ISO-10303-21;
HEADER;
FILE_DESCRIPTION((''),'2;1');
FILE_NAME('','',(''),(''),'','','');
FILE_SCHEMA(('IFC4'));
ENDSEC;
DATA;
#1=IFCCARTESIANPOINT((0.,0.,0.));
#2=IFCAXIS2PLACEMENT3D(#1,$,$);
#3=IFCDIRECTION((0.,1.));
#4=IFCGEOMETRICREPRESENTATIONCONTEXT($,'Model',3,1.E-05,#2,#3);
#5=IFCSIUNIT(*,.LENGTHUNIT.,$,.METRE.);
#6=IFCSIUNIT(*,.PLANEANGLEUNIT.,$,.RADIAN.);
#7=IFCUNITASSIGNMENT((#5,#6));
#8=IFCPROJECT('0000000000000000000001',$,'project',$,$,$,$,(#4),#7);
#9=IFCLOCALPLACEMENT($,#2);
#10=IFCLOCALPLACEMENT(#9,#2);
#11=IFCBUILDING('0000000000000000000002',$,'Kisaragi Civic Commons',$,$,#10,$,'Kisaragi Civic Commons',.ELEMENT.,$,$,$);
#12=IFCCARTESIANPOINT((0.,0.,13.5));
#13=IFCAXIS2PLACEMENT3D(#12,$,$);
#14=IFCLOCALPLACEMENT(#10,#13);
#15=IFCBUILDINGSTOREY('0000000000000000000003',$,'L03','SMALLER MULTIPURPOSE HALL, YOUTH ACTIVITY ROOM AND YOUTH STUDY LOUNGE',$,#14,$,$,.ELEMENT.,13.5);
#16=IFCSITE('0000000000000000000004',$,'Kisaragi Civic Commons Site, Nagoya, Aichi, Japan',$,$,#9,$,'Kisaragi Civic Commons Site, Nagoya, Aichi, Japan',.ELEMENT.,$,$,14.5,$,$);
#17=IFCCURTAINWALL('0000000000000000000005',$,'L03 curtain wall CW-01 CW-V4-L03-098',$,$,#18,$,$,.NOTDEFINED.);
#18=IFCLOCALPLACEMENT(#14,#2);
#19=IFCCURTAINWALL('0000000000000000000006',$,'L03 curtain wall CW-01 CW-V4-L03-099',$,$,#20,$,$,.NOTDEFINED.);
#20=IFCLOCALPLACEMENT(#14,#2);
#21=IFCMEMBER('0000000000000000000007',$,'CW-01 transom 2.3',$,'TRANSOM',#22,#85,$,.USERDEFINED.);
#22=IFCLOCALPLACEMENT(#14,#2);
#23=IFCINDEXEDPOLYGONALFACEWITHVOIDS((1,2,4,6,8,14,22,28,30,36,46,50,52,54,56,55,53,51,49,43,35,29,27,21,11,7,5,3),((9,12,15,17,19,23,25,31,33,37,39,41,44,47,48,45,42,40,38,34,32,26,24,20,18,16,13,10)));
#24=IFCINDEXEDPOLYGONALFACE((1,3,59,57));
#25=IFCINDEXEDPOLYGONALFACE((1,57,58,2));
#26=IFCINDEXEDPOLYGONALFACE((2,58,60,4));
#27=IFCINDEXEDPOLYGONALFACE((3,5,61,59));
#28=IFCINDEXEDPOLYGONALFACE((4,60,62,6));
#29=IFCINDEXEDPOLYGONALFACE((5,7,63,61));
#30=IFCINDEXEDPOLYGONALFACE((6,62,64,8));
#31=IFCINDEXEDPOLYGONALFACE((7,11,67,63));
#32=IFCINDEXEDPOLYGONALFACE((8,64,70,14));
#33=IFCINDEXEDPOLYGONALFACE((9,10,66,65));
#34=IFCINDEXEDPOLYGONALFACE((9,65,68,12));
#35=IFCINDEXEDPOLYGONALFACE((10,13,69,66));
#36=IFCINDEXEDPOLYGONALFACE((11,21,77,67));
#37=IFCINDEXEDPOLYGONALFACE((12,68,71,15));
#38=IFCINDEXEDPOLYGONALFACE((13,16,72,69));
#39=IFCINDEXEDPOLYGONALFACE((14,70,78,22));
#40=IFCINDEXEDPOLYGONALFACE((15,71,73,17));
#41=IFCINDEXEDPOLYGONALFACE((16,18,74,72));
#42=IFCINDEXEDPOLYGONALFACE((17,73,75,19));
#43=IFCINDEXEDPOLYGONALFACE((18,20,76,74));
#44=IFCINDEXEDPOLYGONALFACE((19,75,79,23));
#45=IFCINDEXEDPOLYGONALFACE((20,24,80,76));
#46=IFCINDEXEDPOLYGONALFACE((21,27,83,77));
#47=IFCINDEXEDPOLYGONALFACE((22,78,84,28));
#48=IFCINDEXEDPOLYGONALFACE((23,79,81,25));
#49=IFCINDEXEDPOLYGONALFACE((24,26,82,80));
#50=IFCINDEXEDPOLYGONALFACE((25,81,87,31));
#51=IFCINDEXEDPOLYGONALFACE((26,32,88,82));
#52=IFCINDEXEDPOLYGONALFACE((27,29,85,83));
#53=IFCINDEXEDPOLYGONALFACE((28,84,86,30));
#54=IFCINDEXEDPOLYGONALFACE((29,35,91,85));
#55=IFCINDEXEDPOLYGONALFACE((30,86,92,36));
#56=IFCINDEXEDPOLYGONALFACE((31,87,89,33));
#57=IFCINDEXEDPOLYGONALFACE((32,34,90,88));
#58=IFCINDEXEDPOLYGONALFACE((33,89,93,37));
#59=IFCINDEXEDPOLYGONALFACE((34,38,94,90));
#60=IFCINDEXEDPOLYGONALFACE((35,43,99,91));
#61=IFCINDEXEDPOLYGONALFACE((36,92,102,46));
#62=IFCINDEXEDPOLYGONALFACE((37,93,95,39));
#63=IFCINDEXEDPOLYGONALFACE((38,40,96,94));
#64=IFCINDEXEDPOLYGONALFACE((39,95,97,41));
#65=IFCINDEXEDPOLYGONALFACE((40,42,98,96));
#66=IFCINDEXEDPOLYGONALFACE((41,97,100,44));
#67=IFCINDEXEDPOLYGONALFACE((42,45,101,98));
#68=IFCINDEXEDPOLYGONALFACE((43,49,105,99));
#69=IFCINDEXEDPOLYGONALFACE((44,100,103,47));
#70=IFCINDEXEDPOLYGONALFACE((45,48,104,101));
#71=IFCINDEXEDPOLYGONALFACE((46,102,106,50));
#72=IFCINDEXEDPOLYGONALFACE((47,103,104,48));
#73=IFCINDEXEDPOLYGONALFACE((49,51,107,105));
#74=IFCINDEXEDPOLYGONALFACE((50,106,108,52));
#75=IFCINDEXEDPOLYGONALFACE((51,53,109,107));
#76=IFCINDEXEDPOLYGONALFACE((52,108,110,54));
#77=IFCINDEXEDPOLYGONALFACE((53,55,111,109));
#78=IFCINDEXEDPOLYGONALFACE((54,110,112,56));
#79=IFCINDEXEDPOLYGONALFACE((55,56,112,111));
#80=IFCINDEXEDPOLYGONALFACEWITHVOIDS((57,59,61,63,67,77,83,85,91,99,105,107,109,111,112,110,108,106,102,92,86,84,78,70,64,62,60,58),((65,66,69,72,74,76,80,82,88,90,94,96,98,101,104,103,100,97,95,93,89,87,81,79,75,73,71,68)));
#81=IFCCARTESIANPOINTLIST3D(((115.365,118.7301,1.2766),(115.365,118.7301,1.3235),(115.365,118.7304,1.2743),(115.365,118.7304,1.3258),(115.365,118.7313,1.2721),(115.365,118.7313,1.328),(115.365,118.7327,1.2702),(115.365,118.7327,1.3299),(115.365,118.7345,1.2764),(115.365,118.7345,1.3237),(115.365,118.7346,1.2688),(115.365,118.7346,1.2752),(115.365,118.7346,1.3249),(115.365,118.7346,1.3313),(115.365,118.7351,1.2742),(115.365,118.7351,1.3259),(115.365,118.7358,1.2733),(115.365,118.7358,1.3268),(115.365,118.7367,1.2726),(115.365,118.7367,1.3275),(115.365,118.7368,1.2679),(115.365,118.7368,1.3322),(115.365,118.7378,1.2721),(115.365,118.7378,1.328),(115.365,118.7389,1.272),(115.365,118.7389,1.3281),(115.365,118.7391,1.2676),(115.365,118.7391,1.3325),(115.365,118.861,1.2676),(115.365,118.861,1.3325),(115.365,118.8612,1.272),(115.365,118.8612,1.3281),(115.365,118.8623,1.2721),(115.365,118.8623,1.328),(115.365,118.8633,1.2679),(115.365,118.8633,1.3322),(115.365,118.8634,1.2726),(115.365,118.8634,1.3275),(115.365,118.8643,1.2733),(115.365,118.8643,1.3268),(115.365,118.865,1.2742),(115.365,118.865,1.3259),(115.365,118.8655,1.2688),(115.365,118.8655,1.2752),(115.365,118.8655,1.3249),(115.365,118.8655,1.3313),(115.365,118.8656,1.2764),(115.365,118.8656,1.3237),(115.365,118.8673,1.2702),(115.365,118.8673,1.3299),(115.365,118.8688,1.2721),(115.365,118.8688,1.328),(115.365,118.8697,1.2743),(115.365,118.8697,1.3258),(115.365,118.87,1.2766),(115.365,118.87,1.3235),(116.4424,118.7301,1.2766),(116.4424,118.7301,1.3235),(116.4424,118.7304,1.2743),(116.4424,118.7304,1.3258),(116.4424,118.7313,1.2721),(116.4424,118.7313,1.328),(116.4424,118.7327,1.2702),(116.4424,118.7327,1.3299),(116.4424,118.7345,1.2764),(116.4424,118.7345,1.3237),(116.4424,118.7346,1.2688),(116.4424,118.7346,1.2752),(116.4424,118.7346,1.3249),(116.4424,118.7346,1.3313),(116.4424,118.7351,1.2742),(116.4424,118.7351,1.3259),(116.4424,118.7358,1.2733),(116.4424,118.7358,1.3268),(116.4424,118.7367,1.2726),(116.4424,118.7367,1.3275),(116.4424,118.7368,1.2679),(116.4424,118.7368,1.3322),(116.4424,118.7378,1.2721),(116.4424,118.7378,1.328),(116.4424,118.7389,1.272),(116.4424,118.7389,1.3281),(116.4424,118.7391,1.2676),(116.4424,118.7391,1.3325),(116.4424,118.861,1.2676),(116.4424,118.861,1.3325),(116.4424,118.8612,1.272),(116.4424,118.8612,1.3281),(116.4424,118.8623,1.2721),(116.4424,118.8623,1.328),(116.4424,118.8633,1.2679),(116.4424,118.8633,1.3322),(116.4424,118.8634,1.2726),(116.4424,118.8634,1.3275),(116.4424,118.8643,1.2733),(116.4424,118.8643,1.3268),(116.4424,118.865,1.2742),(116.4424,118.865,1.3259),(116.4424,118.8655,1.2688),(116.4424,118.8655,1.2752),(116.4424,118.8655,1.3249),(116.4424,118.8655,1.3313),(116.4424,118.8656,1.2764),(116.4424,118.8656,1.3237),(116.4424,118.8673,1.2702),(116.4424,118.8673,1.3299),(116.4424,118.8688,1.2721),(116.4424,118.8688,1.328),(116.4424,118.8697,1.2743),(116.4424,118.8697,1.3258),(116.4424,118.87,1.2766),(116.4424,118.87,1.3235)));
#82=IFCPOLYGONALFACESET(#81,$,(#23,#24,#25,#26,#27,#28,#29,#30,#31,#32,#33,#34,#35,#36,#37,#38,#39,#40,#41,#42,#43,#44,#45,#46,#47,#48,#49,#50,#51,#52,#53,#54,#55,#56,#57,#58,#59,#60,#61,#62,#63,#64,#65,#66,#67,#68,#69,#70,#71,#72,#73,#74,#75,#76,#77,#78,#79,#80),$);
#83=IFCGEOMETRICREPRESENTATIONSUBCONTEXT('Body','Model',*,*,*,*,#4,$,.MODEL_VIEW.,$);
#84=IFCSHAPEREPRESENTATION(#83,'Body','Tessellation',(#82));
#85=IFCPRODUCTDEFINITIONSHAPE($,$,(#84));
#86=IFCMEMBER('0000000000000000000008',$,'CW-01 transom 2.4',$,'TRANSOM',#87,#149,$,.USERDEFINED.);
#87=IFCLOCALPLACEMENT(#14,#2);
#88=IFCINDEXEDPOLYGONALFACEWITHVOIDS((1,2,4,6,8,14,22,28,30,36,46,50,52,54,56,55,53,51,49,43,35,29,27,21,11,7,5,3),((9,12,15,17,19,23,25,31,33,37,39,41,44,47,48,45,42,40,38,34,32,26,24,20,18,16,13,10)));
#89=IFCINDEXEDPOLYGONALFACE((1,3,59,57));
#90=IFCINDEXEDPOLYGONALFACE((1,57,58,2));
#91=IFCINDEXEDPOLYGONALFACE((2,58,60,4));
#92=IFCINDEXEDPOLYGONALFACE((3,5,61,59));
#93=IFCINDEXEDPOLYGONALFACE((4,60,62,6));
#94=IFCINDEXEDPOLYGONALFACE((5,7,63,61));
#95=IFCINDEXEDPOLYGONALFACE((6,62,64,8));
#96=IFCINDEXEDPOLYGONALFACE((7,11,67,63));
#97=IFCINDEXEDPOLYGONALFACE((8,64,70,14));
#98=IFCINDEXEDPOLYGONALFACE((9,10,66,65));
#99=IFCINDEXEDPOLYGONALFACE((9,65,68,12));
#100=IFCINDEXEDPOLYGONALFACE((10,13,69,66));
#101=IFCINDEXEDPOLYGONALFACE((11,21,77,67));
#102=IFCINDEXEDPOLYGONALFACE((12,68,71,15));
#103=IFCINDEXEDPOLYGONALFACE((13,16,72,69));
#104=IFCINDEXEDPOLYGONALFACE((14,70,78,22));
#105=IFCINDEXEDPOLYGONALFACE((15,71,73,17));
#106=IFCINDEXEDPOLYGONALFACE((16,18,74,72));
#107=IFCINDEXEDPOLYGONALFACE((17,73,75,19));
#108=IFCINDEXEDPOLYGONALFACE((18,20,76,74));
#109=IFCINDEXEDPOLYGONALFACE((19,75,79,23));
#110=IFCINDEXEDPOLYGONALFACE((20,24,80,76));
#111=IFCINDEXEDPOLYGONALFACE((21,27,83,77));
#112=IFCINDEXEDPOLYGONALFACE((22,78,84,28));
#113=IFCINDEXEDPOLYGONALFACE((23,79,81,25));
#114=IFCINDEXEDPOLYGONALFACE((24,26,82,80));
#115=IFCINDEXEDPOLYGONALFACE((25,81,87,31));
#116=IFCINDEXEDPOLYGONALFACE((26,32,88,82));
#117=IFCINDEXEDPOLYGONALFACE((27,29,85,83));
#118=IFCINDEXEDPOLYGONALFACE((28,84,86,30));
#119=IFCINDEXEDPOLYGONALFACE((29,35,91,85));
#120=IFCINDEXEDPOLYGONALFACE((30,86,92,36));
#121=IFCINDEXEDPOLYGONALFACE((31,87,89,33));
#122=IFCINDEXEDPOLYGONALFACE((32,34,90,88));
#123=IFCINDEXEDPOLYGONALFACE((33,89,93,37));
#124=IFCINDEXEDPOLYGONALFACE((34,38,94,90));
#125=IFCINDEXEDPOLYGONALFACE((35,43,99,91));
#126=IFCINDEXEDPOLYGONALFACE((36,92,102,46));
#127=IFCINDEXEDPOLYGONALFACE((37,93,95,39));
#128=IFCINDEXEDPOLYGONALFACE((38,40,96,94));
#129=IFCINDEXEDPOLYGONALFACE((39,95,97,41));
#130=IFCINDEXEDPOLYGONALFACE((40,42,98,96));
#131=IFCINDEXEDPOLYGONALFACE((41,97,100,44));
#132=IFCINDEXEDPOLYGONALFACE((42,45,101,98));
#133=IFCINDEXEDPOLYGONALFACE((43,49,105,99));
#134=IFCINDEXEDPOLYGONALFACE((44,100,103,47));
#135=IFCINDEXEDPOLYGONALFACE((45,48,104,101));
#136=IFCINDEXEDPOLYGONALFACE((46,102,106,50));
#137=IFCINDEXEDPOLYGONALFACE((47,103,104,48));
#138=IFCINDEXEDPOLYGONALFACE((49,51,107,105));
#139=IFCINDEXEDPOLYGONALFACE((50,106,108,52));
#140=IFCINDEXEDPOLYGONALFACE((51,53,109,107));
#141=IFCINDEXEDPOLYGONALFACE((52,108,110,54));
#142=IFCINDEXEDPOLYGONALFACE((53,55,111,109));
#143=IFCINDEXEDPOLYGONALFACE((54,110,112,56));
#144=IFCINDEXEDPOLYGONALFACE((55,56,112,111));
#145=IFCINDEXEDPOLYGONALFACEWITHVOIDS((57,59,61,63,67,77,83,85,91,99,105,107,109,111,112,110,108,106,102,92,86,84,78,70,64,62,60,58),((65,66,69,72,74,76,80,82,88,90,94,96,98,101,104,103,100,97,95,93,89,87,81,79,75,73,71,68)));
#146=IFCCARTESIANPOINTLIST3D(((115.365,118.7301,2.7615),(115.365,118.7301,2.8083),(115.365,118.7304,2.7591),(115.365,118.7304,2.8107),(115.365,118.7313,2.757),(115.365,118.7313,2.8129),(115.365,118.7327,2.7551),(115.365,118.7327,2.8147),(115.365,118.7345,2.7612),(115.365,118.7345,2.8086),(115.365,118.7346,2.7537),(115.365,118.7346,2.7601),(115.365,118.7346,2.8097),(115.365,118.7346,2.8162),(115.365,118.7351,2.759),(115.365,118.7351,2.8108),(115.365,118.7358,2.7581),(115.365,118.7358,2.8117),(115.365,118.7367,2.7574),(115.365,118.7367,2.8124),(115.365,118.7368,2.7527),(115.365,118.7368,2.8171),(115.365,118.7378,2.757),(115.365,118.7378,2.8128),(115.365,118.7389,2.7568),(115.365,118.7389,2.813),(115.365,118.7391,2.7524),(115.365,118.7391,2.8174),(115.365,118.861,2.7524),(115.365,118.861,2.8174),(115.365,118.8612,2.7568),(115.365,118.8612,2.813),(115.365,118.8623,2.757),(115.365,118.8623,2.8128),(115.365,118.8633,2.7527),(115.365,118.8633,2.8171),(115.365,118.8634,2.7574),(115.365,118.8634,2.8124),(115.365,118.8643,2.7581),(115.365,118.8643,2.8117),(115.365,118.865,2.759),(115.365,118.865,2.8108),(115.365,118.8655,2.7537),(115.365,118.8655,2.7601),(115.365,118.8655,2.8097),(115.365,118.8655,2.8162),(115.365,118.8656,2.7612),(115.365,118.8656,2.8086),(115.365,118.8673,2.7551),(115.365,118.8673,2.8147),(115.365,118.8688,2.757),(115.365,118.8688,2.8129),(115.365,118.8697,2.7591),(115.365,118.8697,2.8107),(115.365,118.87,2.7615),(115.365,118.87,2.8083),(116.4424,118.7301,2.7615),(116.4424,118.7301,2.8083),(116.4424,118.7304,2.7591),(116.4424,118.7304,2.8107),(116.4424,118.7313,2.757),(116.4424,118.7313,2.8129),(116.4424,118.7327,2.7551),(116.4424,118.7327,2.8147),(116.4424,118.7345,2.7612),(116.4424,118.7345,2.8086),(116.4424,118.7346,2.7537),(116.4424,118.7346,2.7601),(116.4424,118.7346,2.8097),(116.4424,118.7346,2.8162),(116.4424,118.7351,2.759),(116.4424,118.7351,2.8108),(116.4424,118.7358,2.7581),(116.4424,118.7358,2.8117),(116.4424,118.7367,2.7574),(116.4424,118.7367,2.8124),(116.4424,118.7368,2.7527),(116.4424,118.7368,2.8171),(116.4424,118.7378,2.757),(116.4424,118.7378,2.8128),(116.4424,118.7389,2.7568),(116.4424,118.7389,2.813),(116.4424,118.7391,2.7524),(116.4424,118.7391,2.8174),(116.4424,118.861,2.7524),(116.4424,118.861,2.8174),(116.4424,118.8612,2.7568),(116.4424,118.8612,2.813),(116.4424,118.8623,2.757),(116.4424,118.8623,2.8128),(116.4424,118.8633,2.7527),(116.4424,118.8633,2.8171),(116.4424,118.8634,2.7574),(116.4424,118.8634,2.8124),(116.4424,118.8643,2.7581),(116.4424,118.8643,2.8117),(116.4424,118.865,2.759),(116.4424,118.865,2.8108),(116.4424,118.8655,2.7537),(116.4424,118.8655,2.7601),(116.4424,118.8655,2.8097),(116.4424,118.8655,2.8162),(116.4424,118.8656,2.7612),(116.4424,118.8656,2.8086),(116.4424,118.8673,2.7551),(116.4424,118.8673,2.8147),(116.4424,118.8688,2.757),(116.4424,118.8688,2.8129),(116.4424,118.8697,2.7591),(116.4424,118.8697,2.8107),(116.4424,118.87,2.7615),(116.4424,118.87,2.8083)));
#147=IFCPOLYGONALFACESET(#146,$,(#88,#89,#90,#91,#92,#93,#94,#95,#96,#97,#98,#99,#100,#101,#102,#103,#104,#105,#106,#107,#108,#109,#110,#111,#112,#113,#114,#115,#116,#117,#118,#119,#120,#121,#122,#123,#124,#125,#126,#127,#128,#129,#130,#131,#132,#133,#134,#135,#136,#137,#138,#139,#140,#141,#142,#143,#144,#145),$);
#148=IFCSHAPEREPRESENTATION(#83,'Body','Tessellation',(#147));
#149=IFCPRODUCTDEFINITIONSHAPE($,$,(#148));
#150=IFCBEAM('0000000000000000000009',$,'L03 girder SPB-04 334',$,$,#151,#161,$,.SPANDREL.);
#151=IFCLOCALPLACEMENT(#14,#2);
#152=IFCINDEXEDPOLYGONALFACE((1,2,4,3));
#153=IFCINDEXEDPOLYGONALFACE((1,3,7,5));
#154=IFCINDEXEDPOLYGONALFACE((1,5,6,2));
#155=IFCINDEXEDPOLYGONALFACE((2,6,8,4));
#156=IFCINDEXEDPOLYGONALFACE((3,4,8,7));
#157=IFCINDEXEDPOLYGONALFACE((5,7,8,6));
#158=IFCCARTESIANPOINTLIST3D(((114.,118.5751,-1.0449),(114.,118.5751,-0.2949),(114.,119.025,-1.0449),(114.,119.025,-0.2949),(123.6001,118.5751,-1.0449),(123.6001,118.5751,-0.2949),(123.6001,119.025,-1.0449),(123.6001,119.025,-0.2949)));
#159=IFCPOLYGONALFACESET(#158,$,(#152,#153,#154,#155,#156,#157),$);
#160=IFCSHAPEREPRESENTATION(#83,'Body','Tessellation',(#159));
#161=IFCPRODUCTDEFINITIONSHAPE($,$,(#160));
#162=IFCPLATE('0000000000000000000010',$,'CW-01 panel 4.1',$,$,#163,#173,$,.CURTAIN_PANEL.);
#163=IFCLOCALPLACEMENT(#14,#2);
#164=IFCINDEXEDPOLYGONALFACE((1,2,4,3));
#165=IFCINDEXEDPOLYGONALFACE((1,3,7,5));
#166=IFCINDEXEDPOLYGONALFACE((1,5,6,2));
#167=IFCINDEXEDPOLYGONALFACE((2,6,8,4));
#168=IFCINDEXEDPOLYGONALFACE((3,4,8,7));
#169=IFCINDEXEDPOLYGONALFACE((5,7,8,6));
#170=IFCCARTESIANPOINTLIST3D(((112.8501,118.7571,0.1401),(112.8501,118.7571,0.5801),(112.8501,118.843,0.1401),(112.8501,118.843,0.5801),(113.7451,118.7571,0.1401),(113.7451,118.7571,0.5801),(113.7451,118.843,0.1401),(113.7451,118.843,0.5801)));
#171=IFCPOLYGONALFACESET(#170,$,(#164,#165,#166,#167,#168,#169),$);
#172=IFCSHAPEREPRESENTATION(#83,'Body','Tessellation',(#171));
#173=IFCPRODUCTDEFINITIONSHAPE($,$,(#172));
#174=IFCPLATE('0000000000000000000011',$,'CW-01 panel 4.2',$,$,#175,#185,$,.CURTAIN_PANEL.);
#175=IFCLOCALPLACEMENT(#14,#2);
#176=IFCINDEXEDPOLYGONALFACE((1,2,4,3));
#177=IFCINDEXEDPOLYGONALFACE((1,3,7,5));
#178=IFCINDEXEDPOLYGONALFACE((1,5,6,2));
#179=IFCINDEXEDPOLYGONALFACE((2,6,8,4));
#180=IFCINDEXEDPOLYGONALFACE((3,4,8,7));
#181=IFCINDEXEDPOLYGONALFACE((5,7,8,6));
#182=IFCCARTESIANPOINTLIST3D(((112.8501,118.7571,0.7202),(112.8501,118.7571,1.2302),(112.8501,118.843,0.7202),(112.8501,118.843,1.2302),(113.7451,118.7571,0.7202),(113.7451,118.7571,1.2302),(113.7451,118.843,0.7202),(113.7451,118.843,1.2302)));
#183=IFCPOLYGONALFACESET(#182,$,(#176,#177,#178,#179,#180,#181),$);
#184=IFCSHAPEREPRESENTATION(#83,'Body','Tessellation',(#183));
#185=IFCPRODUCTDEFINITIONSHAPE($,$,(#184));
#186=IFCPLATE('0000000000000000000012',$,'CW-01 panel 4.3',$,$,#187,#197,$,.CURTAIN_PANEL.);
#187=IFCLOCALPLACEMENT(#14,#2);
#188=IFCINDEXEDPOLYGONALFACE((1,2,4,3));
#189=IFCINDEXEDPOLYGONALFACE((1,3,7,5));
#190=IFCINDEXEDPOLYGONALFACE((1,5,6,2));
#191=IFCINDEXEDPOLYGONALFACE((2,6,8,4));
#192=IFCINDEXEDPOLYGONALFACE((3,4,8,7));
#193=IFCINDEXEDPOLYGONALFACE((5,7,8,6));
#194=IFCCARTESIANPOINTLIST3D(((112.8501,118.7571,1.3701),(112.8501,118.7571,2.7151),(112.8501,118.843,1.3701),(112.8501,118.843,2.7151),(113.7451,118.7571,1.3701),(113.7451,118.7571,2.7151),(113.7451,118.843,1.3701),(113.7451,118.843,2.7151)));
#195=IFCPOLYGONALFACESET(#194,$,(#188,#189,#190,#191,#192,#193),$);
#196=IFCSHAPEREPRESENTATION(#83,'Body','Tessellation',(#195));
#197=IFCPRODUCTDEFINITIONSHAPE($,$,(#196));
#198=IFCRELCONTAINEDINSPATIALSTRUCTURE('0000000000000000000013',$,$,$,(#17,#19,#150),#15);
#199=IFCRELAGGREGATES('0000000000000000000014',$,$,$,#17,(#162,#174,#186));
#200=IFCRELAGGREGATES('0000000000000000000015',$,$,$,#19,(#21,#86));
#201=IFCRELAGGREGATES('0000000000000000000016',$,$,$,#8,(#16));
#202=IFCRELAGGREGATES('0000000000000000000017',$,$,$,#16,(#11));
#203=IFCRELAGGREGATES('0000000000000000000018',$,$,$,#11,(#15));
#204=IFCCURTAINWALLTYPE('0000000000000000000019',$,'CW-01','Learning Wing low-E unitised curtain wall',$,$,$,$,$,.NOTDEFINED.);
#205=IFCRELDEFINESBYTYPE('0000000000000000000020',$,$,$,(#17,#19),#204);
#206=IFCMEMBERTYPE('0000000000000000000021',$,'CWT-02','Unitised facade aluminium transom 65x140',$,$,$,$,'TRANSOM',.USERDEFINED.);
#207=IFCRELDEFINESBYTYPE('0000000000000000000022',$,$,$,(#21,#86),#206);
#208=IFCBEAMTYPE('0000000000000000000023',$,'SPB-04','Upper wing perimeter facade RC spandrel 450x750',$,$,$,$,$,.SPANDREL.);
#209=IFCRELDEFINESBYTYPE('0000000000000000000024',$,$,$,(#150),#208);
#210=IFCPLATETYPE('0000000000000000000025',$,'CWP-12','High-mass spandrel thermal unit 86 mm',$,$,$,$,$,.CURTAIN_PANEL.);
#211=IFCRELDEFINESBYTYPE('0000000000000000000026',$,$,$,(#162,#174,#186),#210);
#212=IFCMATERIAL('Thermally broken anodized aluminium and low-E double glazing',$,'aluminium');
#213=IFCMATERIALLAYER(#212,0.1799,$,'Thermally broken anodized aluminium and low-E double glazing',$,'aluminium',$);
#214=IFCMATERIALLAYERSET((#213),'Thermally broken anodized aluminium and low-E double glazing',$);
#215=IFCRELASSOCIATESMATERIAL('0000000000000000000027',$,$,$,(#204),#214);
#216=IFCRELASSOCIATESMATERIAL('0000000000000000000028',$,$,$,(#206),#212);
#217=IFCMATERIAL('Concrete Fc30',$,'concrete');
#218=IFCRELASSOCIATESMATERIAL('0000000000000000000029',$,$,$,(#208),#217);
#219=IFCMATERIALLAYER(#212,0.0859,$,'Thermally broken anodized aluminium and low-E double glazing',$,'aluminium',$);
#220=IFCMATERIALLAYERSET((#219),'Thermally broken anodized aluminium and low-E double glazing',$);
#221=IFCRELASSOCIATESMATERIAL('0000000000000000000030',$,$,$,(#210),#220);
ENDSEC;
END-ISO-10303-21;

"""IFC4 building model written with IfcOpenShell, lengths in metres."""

from ifc_helpers import new_model, si_unit, direction, frame, origin, origin_2d, place, context, subcontext, project, spatial, rectangle, hollow_rectangle, extrude, material, layer, layer_set, material_profile, profile_set, type_object, element, aggregate, save


model = new_model("IFC4")

# Units and contexts
model_context = context("Model", 3, precision=1e-05, world=origin(), true_north=direction((0.0, 1.0)))
body_context = subcontext(model_context, "Body", "Model", "MODEL_VIEW")
ifc_project = project(units=[si_unit("LENGTHUNIT", "METRE"), si_unit("PLANEANGLEUNIT", "RADIAN")], contexts=[model_context])

# Site, building, storey
site_placement = place(None, origin())
site = spatial("IfcSite", under=ifc_project, at=site_placement, Name="Kisaragi Civic Commons Site, Nagoya, Aichi, Japan", LongName="Kisaragi Civic Commons Site, Nagoya, Aichi, Japan", CompositionType="ELEMENT", RefElevation=14.5)
building_placement = place(site_placement, origin())
building = spatial("IfcBuilding", under=site, at=building_placement, Name="Kisaragi Civic Commons", LongName="Kisaragi Civic Commons", CompositionType="ELEMENT")
storey_placement = place(building_placement, frame((0.0, 0.0, 13.5)))
storey = spatial("IfcBuildingStorey", under=building, at=storey_placement, Name="L03", Description="SMALLER MULTIPURPOSE HALL, YOUTH ACTIVITY ROOM AND YOUTH STUDY LOUNGE", CompositionType="ELEMENT", Elevation=13.5)

# Curtain wall
ifc_material_1 = material(Name="Thermally broken anodized aluminium and low-E double glazing", Category="aluminium")
ifc_layer_1 = layer(ifc_material_1, 0.1799, Name="Thermally broken anodized aluminium and low-E double glazing", Category="aluminium")
ifc_layer_set_1 = layer_set([ifc_layer_1], Name="Thermally broken anodized aluminium and low-E double glazing")
curtain_wall_type = type_object("IfcCurtainWallType", Name="CW-01", Description="Learning Wing low-E unitised curtain wall", PredefinedType="NOTDEFINED", material=ifc_layer_set_1)
curtain_wall_1_placement = place(storey_placement, origin())
curtain_wall_1 = element("IfcCurtainWall", 1, at=curtain_wall_1_placement, inside=storey, type_object=curtain_wall_type, Name="L03 curtain wall CW-01 CW-V4-L03-098", PredefinedType="NOTDEFINED")

# Curtain wall
curtain_wall_2_placement = place(storey_placement, origin())
curtain_wall_2 = element("IfcCurtainWall", 2, at=curtain_wall_2_placement, inside=storey, type_object=curtain_wall_type, Name="L03 curtain wall CW-01 CW-V4-L03-099", PredefinedType="NOTDEFINED")

# Members
ifc_material_profile_1 = material_profile(ifc_material_1, hollow_rectangle(XDim=0.1399, YDim=0.0649, WallThickness=0.0044, InnerFilletRadius=0.0044, OuterFilletRadius=0.009, at=origin_2d()), Name="CWT-65x140x4.5", Category="aluminium")
ifc_profile_set_1 = profile_set([ifc_material_profile_1], Name="Thermally broken anodized aluminium and low-E double glazing")
member_type_1 = type_object("IfcMemberType", Name="CWT-02", Description="Unitised facade aluminium transom 65x140", ElementType="TRANSOM", PredefinedType="USERDEFINED", material=ifc_profile_set_1)
member_1_placement = place(storey_placement, frame((115.365, 118.8, 1.3), z_axis=(1.0, 0.0, 0.0), x_axis=(0.0, 1.0, 0.0)))
member_1 = element("IfcMember", 3, at=member_1_placement, type_object=member_type_1, Name="CW-01 transom 2.3", ObjectType="TRANSOM", PredefinedType="USERDEFINED", context=body_context, shape_type="SweptSolid", body=[
    extrude(hollow_rectangle(XDim=0.1399, YDim=0.0649, WallThickness=0.0044, InnerFilletRadius=0.0044, OuterFilletRadius=0.009, at=origin_2d()), origin(), (0.0, 0.0, 1.0), 1.0774),
])
member_2_placement = place(storey_placement, frame((115.365, 118.8, 2.7849), z_axis=(1.0, 0.0, 0.0), x_axis=(0.0, 1.0, 0.0)))
member_2 = element("IfcMember", 4, at=member_2_placement, type_object=member_type_1, Name="CW-01 transom 2.4", ObjectType="TRANSOM", PredefinedType="USERDEFINED", context=body_context, shape_type="SweptSolid", body=[
    extrude(hollow_rectangle(XDim=0.1399, YDim=0.0649, WallThickness=0.0044, InnerFilletRadius=0.0044, OuterFilletRadius=0.009, at=origin_2d()), origin(), (0.0, 0.0, 1.0), 1.0774),
])

# Beam
ifc_material_2 = material(Name="Concrete Fc30", Category="concrete")
ifc_material_profile_2 = material_profile(ifc_material_2, rectangle(XDim=0.45, YDim=0.75, at=origin_2d()), Name="RC-450x750", Category="concrete")
ifc_profile_set_2 = profile_set([ifc_material_profile_2], Name="Concrete Fc30")
beam_type = type_object("IfcBeamType", Name="SPB-04", Description="Upper wing perimeter facade RC spandrel 450x750", PredefinedType="SPANDREL", material=ifc_profile_set_2)
beam_placement = place(storey_placement, frame((114.0, 118.8, -0.6699), z_axis=(1.0, 0.0, 0.0), x_axis=(0.0, 1.0, 0.0)))
element("IfcBeam", 5, at=beam_placement, inside=storey, type_object=beam_type, Name="L03 girder SPB-04 334", PredefinedType="SPANDREL", context=body_context, shape_type="SweptSolid", body=[
    extrude(rectangle(XDim=0.45, YDim=0.75, at=origin_2d()), origin(), (0.0, 0.0, 1.0), 9.6001),
])

# Plates
ifc_layer_2 = layer(ifc_material_1, 0.0859, Name="Thermally broken anodized aluminium and low-E double glazing", Category="aluminium")
ifc_layer_set_2 = layer_set([ifc_layer_2], Name="Thermally broken anodized aluminium and low-E double glazing")
plate_type_1 = type_object("IfcPlateType", Name="CWP-12", Description="High-mass spandrel thermal unit 86 mm", PredefinedType="CURTAIN_PANEL", material=ifc_layer_set_2)
plate_1_placement = place(storey_placement, frame((113.2976, 118.8, 0.1401), z_axis=(0.0, 0.0, 1.0), x_axis=(1.0, 0.0, 0.0)))
plate_1 = element("IfcPlate", 6, at=plate_1_placement, type_object=plate_type_1, Name="CW-01 panel 4.1", PredefinedType="CURTAIN_PANEL", context=body_context, shape_type="SweptSolid", body=[
    extrude(rectangle(XDim=0.895, YDim=0.0859, at=origin_2d()), origin(), (0.0, 0.0, 1.0), 0.4399),
])
plate_2_placement = place(storey_placement, frame((113.2976, 118.8, 0.7202), z_axis=(0.0, 0.0, 1.0), x_axis=(1.0, 0.0, 0.0)))
plate_2 = element("IfcPlate", 7, at=plate_2_placement, type_object=plate_type_1, Name="CW-01 panel 4.2", PredefinedType="CURTAIN_PANEL", context=body_context, shape_type="SweptSolid", body=[
    extrude(rectangle(XDim=0.895, YDim=0.0859, at=origin_2d()), origin(), (0.0, 0.0, 1.0), 0.51),
])
plate_3_placement = place(storey_placement, frame((113.2976, 118.8, 1.3701), z_axis=(0.0, 0.0, 1.0), x_axis=(1.0, 0.0, 0.0)))
plate_3 = element("IfcPlate", 8, at=plate_3_placement, type_object=plate_type_1, Name="CW-01 panel 4.3", PredefinedType="CURTAIN_PANEL", context=body_context, shape_type="SweptSolid", body=[
    extrude(rectangle(XDim=0.895, YDim=0.0859, at=origin_2d()), origin(), (0.0, 0.0, 1.0), 1.345),
])
aggregate(curtain_wall_1, [plate_1, plate_2, plate_3])
aggregate(curtain_wall_2, [member_1, member_2])

save(model, "model.ifc")
